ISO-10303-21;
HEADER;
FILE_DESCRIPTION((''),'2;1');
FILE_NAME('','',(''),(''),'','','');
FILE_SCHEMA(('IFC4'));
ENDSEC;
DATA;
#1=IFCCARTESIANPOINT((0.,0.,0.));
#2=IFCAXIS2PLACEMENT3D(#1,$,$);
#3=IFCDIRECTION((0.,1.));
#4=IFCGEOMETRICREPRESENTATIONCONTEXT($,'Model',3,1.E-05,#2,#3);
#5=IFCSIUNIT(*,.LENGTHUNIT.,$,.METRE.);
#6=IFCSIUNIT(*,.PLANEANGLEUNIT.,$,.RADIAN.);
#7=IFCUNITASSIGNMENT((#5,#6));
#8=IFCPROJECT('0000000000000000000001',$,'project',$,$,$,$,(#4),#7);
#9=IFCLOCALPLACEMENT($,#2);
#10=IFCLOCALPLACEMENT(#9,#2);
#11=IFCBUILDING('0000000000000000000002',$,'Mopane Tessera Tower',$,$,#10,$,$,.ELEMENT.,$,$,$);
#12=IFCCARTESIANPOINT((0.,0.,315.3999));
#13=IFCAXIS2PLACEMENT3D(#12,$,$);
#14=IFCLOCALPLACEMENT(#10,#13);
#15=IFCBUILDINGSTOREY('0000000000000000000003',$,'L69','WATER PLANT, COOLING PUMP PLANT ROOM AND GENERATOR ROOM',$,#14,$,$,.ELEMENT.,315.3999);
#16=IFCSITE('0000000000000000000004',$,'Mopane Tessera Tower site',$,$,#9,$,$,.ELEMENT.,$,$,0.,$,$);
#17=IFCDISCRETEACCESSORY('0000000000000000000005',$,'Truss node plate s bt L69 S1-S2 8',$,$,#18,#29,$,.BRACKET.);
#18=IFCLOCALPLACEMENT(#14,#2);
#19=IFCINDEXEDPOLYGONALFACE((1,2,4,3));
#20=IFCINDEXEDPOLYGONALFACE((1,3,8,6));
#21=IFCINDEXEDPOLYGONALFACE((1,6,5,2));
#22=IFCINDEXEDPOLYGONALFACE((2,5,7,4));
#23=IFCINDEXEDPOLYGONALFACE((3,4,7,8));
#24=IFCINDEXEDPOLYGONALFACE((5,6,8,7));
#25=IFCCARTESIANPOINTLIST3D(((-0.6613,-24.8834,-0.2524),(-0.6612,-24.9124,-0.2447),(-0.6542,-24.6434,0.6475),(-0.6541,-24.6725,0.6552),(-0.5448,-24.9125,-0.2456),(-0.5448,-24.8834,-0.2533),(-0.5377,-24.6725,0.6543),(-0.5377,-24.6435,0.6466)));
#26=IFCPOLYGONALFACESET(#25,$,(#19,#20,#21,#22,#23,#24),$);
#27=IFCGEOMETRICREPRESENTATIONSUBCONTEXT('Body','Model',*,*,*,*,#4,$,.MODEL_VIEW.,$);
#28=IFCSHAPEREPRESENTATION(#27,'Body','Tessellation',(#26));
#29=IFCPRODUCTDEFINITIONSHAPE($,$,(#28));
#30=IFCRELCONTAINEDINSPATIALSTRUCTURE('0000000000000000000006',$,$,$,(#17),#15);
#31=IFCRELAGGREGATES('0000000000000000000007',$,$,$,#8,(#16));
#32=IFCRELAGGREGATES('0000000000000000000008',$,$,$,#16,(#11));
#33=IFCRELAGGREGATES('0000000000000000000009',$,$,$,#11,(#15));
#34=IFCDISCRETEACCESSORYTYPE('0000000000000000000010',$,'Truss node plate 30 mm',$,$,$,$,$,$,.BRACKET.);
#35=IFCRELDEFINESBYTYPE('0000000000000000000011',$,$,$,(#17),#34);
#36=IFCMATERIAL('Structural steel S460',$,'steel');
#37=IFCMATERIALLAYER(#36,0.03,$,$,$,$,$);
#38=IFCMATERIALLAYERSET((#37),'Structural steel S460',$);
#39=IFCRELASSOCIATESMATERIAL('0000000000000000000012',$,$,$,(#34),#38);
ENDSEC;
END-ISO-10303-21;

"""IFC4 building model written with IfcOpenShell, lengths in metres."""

from ifc_helpers import new_model, si_unit, direction, frame, origin, origin_2d, place, context, subcontext, project, spatial, rectangle, extrude, material, layer, layer_set, type_object, element, save


model = new_model("IFC4")

# Units and contexts
model_context = context("Model", 3, precision=1e-05, world=origin(), true_north=direction((0.0, 1.0)))
body_context = subcontext(model_context, "Body", "Model", "MODEL_VIEW")
ifc_project = project(units=[si_unit("LENGTHUNIT", "METRE"), si_unit("PLANEANGLEUNIT", "RADIAN")], contexts=[model_context])

# Site, building, storey
site_placement = place(None, origin())
site = spatial("IfcSite", under=ifc_project, at=site_placement, Name="Mopane Tessera Tower site", CompositionType="ELEMENT", RefElevation=0.0)
building_placement = place(site_placement, origin())
building = spatial("IfcBuilding", under=site, at=building_placement, Name="Mopane Tessera Tower", CompositionType="ELEMENT")
storey_placement = place(building_placement, frame((0.0, 0.0, 315.3999)))
storey = spatial("IfcBuildingStorey", under=building, at=storey_placement, Name="L69", Description="WATER PLANT, COOLING PUMP PLANT ROOM AND GENERATOR ROOM", CompositionType="ELEMENT", Elevation=315.3999)

# Discrete accessory
ifc_material_1 = material(Name="Structural steel S460", Category="steel")
ifc_layer_1 = layer(ifc_material_1, 0.03)
ifc_layer_set_1 = layer_set([ifc_layer_1], Name="Structural steel S460")
discrete_accessory_type_1 = type_object("IfcDiscreteAccessoryType", Name="Truss node plate 30 mm", PredefinedType="BRACKET", material=ifc_layer_set_1)
discrete_accessory_1_placement = place(storey_placement, frame((-0.603, -24.8979, -0.249), z_axis=(0.007602, 0.257672, 0.966203), x_axis=(-0.001902, 0.966233, -0.257665)))
element("IfcDiscreteAccessory", 1, at=discrete_accessory_1_placement, inside=storey, type_object=discrete_accessory_type_1, Name="Truss node plate s bt L69 S1-S2 8", PredefinedType="BRACKET", context=body_context, shape_type="SweptSolid", body=[
    extrude(rectangle(XDim=0.03, YDim=0.1165, at=origin_2d()), origin(), (0.0, 0.0, 1.0), 0.9314),
])

save(model, "model.ifc")
